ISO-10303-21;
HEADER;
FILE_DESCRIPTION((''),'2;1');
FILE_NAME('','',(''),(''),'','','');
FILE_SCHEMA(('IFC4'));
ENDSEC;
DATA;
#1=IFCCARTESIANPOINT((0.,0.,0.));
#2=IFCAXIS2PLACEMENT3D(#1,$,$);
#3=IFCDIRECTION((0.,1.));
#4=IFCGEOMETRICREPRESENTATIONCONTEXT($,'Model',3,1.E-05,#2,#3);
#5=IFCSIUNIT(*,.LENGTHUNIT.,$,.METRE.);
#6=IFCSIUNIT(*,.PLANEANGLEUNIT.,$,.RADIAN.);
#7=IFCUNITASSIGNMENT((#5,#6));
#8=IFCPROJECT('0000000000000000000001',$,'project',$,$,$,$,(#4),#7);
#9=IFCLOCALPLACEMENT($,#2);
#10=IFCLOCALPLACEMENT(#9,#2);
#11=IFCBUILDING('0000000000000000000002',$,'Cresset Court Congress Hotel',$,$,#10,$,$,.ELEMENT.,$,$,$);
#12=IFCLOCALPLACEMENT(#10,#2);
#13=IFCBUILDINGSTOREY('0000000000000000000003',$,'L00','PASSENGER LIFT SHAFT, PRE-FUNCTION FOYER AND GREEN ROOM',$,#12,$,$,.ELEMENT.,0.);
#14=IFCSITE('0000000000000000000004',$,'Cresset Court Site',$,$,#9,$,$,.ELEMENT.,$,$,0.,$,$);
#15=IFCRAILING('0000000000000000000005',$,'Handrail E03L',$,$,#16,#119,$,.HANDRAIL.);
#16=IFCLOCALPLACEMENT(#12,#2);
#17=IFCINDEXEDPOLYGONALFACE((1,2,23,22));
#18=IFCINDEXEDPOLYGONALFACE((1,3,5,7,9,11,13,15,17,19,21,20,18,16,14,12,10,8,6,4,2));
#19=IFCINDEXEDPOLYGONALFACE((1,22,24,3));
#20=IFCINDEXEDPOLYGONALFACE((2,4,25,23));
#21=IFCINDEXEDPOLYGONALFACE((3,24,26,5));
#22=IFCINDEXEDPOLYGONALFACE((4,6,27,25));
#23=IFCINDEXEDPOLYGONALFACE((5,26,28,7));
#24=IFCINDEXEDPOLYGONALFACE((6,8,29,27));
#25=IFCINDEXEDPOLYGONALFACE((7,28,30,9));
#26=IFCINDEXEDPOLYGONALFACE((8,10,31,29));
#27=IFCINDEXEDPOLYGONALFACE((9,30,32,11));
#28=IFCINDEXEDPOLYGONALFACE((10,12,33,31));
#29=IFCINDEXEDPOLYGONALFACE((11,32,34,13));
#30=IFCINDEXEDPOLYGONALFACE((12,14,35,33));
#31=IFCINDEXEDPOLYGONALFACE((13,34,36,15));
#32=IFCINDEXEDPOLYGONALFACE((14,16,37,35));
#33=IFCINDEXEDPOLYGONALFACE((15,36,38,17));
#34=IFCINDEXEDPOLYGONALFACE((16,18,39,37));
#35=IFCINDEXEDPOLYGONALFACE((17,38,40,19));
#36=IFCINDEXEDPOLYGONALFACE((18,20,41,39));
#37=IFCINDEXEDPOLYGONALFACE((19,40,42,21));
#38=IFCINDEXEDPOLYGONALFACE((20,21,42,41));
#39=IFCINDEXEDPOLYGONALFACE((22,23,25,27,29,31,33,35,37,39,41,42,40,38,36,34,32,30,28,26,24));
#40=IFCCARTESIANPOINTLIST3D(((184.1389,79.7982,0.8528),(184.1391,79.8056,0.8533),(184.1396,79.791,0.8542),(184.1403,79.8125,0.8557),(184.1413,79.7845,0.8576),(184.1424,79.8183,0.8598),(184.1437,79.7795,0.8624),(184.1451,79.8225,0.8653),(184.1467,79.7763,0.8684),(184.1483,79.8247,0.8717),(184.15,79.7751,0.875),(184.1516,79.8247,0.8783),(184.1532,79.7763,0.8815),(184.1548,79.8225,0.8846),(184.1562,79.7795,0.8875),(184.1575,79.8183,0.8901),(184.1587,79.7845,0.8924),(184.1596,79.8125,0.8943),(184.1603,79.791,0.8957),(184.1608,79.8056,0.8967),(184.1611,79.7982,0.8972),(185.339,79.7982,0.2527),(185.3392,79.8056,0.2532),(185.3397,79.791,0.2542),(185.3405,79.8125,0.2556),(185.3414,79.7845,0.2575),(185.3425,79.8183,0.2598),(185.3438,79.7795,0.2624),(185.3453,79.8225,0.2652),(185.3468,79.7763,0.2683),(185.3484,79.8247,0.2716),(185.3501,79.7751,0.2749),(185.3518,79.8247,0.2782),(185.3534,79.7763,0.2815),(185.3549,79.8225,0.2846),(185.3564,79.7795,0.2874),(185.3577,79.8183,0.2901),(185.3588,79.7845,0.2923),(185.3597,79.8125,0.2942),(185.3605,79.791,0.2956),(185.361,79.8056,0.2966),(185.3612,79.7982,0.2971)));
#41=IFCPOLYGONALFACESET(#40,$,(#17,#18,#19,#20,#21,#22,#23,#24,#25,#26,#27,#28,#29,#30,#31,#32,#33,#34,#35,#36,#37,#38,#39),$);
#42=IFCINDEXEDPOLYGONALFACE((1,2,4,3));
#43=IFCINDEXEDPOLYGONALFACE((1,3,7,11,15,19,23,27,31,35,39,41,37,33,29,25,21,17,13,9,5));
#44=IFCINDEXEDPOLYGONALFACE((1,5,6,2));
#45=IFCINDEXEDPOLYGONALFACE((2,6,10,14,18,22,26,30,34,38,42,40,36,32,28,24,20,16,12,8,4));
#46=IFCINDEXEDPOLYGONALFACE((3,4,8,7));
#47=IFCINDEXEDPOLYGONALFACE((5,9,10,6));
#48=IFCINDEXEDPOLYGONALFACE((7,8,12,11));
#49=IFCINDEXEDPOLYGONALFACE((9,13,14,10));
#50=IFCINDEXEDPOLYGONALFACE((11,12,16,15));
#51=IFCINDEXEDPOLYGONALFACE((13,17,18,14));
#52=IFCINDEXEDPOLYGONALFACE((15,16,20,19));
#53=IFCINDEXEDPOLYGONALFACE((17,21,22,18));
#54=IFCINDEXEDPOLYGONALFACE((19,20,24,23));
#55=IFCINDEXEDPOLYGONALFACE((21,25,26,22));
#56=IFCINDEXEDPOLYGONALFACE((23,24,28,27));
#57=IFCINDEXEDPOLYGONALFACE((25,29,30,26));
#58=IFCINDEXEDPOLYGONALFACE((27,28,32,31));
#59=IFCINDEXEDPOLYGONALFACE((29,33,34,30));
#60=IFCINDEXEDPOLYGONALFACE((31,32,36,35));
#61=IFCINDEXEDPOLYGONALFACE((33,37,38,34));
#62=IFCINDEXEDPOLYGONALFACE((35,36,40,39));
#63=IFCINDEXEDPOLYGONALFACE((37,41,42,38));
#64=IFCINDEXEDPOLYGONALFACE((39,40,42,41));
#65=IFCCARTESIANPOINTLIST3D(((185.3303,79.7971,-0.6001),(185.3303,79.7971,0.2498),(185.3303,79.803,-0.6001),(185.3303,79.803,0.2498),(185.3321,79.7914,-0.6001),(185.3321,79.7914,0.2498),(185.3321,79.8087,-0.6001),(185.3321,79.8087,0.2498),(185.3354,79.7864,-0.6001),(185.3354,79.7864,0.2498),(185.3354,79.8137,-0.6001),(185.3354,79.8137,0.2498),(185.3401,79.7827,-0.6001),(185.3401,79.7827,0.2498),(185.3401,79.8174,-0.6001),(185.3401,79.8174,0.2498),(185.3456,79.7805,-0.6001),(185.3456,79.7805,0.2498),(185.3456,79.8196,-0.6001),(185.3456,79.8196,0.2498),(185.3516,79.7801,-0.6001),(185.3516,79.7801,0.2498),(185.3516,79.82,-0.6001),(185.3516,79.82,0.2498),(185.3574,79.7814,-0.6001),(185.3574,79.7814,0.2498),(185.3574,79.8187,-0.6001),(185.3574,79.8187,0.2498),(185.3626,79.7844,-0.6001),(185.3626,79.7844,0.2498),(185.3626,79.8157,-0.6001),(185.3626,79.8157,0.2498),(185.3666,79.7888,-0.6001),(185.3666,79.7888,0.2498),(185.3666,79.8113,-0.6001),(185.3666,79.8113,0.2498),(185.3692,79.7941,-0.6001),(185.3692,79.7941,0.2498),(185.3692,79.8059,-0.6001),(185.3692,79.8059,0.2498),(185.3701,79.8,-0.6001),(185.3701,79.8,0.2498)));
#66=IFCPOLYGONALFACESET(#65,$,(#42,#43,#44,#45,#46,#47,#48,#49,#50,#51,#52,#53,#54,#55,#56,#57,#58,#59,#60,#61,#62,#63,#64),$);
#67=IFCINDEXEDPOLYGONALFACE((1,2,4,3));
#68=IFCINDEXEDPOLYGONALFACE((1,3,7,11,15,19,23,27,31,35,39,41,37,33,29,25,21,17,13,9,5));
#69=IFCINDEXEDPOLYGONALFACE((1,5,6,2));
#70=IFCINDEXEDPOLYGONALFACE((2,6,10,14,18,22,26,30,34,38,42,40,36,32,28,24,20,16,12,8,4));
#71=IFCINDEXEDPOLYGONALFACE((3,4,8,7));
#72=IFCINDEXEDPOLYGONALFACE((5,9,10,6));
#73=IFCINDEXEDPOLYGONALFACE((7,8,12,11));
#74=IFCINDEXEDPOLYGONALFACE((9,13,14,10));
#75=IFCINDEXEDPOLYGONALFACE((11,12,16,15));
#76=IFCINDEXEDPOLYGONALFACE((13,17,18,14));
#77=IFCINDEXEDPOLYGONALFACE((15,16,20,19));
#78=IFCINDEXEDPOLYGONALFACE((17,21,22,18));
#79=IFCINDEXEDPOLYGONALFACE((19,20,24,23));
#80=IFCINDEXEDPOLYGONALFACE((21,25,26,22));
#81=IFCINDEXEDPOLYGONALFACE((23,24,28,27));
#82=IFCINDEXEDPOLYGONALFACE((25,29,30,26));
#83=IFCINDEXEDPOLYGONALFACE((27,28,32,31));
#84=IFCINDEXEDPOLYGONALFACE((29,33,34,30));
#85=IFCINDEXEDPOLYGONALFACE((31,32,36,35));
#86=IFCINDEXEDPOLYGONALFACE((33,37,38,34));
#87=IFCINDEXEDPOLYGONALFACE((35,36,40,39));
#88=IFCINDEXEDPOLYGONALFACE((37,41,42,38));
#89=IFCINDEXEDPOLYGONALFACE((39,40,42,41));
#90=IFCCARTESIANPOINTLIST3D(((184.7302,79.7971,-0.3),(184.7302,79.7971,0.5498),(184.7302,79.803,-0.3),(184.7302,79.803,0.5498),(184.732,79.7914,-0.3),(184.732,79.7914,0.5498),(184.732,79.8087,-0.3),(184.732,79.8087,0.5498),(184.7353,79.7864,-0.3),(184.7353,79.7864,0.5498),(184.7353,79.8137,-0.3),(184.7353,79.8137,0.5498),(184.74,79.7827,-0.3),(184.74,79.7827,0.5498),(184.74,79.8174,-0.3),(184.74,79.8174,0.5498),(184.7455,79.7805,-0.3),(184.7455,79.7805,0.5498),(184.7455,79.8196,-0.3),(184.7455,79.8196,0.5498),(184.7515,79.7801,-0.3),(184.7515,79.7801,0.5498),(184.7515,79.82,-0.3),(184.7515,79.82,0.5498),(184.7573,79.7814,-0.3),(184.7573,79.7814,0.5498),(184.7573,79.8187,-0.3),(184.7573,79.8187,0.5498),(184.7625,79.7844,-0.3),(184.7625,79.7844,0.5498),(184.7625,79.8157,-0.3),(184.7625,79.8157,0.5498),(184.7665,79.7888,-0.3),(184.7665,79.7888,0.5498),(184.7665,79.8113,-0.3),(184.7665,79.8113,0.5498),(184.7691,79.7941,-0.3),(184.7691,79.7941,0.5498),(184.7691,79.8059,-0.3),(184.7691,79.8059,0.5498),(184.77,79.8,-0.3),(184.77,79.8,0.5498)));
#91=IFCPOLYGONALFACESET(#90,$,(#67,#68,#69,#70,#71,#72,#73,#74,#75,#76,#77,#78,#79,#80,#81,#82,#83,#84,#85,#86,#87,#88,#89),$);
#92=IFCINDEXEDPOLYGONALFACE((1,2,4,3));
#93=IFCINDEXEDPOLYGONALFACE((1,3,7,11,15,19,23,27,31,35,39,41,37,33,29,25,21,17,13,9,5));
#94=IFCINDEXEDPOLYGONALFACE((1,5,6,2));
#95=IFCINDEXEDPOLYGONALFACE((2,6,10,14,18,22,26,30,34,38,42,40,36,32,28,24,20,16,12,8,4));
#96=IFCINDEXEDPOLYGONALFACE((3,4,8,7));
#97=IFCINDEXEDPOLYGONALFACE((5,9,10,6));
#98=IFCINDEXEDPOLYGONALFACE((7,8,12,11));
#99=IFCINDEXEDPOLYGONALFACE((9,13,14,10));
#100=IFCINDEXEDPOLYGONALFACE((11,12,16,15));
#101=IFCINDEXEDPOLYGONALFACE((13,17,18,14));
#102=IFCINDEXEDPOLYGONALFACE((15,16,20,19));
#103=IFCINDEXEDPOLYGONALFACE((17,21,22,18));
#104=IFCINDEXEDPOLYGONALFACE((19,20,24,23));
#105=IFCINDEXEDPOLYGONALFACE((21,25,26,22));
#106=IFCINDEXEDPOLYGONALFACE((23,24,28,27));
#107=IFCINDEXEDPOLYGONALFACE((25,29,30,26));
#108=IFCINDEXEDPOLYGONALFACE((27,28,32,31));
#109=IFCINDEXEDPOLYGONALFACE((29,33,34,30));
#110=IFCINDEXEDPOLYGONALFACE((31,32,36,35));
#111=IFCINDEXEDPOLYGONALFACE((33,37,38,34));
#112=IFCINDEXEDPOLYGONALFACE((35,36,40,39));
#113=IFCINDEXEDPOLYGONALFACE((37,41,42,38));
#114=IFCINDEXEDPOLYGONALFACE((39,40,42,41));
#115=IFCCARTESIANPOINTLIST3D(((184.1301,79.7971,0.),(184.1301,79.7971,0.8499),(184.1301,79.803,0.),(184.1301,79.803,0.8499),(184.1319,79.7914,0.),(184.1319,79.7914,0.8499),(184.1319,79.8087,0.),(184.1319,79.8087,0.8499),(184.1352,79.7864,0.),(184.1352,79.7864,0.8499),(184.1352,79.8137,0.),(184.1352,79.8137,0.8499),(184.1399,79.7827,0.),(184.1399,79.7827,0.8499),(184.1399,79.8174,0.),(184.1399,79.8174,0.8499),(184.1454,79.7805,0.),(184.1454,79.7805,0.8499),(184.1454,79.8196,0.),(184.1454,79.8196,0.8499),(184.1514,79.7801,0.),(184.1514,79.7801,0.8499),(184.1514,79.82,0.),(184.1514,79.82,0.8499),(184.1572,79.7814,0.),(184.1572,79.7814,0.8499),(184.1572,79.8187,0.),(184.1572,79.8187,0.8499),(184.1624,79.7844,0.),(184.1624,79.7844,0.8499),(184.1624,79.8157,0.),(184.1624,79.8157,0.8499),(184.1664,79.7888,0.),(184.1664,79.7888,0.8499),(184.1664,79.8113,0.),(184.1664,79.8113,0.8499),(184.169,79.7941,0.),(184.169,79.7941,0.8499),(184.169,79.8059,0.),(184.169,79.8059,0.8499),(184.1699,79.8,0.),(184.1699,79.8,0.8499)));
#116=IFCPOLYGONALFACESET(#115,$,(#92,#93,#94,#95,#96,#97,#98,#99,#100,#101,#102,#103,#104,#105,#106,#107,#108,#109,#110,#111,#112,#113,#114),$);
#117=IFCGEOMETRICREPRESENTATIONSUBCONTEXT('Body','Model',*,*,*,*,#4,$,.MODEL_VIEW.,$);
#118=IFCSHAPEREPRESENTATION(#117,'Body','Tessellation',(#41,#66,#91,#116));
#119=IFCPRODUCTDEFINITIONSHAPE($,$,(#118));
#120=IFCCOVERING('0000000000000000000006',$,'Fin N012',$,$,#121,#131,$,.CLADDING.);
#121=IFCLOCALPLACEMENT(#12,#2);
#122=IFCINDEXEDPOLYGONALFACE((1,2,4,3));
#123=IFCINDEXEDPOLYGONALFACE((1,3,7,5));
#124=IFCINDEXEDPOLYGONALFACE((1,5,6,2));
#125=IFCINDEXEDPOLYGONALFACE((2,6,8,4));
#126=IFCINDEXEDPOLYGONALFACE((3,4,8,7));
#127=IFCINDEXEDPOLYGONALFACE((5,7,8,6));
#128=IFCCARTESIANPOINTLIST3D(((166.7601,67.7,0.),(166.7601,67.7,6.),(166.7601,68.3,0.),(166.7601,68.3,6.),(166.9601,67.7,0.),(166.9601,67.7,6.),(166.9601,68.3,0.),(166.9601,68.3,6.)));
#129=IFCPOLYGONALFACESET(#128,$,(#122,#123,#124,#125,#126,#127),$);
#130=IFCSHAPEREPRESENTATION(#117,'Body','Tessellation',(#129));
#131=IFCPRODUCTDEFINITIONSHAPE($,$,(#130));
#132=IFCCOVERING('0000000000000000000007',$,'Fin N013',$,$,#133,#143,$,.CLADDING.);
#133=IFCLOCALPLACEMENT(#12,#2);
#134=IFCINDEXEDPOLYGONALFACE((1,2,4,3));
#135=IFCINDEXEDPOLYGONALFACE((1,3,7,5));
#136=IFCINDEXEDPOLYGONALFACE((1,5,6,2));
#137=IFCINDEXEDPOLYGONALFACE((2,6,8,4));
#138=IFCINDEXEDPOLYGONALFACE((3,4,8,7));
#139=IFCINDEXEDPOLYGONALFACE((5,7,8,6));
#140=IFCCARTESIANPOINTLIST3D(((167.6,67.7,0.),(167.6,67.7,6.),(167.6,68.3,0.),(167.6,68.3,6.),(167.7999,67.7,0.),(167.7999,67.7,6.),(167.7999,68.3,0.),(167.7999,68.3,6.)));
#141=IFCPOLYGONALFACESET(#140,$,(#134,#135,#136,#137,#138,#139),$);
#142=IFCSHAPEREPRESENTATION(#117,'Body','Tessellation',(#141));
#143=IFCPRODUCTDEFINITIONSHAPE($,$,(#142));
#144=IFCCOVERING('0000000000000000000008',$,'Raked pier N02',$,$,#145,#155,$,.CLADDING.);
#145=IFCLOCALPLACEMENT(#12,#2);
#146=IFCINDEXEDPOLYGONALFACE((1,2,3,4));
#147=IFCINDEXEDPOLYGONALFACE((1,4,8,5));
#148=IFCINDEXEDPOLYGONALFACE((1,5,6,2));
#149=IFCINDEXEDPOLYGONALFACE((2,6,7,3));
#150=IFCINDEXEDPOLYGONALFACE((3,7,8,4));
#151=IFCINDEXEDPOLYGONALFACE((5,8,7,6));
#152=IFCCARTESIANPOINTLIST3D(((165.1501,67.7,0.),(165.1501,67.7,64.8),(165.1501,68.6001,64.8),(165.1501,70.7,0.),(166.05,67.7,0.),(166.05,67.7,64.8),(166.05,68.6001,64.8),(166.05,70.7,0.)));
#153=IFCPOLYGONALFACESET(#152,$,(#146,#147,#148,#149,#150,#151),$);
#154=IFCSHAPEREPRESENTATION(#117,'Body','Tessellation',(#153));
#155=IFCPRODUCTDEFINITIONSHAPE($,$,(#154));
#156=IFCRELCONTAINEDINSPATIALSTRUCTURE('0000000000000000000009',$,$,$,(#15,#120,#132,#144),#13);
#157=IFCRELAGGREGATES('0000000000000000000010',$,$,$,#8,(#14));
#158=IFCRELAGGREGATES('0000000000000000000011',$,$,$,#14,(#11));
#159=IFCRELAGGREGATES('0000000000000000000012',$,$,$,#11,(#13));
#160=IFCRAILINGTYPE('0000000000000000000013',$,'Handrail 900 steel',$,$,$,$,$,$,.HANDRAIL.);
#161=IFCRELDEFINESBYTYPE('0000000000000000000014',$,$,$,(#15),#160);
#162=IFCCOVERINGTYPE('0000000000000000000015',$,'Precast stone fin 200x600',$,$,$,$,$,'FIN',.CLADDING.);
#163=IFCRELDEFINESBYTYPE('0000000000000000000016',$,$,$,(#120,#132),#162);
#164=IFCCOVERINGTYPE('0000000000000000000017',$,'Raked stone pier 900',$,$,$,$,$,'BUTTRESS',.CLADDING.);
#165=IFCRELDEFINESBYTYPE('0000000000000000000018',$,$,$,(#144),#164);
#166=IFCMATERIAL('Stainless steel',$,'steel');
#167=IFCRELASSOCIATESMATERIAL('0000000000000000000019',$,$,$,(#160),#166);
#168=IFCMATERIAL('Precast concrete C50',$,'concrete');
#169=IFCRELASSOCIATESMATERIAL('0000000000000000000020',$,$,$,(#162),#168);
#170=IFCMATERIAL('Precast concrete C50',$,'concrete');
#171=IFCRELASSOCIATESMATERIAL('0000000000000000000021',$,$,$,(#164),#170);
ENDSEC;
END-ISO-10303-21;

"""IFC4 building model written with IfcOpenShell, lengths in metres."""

from ifc_helpers import new_model, si_unit, direction, frame, origin, origin_2d, place, context, subcontext, project, spatial, polyline, rectangle, circle, outline, extrude, material, type_object, element, save


model = new_model("IFC4")

# Units and contexts
model_context = context("Model", 3, precision=1e-05, world=origin(), true_north=direction((0.0, 1.0)))
body_context = subcontext(model_context, "Body", "Model", "MODEL_VIEW")
ifc_project = project(units=[si_unit("LENGTHUNIT", "METRE"), si_unit("PLANEANGLEUNIT", "RADIAN")], contexts=[model_context])

# Site, building, storey
site_placement = place(None, origin())
site = spatial("IfcSite", under=ifc_project, at=site_placement, Name="Cresset Court Site", CompositionType="ELEMENT", RefElevation=0.0)
building_placement = place(site_placement, origin())
building = spatial("IfcBuilding", under=site, at=building_placement, Name="Cresset Court Congress Hotel", CompositionType="ELEMENT")
storey_placement = place(building_placement, origin())
storey = spatial("IfcBuildingStorey", under=building, at=storey_placement, Name="L00", Description="PASSENGER LIFT SHAFT, PRE-FUNCTION FOYER AND GREEN ROOM", CompositionType="ELEMENT", Elevation=0.0)

# Railing
ifc_material_1 = material(Name="Stainless steel", Category="steel")
railing_type = type_object("IfcRailingType", Name="Handrail 900 steel", PredefinedType="HANDRAIL", material=ifc_material_1)
railing_placement = place(storey_placement, frame((185.3501, 79.8, -0.6001)))
element("IfcRailing", 1, at=railing_placement, inside=storey, type_object=railing_type, Name="Handrail E03L", PredefinedType="HANDRAIL", context=body_context, shape_type="SweptSolid", body=[
    extrude(circle(Radius=0.0249, at=origin_2d()), frame((0.0, 0.0, 0.875), z_axis=(-0.894427, 0.0, 0.447214), x_axis=(0.0, -1.0, 0.0)), (0.0, 0.0, 1.0), 1.3418),
    extrude(circle(Radius=0.02, at=origin_2d()), origin(), (0.0, 0.0, 1.0), 0.8499),
    extrude(circle(Radius=0.02, at=origin_2d()), frame((-0.6001, 0.0, 0.3)), (0.0, 0.0, 1.0), 0.8499),
    extrude(circle(Radius=0.02, at=origin_2d()), frame((-1.2002, 0.0, 0.6001)), (0.0, 0.0, 1.0), 0.8499),
])

# Coverings
ifc_material_2 = material(Name="Precast concrete C50", Category="concrete")
covering_type_1 = type_object("IfcCoveringType", Name="Precast stone fin 200x600", ElementType="FIN", PredefinedType="CLADDING", material=ifc_material_2)
for number, where, z_axis, x_axis, name in (
    (2, (166.8601, 68.0, 0.0), (0.0, 0.0, 1.0), (1.0, 0.0, 0.0), "Fin N012"),
    (3, (167.7, 68.0, 0.0), (0.0, 0.0, 1.0), (1.0, 0.0, 0.0), "Fin N013"),
):
    element("IfcCovering", number, at=place(storey_placement, frame(where, z_axis=z_axis, x_axis=x_axis)), inside=storey, type_object=covering_type_1, Name=name, PredefinedType="CLADDING", context=body_context, shape_type="SweptSolid", body=[
        extrude(rectangle(XDim=0.2, YDim=0.6001, at=origin_2d()), origin(), (0.0, 0.0, 1.0), 6.0),
    ])
ifc_material_3 = material(Name="Precast concrete C50", Category="concrete")
covering_type_2 = type_object("IfcCoveringType", Name="Raked stone pier 900", ElementType="BUTTRESS", PredefinedType="CLADDING", material=ifc_material_3)
covering_placement = place(storey_placement, frame((166.05, 67.7, 0.0), z_axis=(1.0, 0.0, 0.0), x_axis=(0.0, 1.0, 0.0)))
element("IfcCovering", 4, at=covering_placement, inside=storey, type_object=covering_type_2, Name="Raked pier N02", PredefinedType="CLADDING", context=body_context, shape_type="SweptSolid", body=[
    extrude(outline(polyline([(0.0, 0.0), (3.0, 0.0), (0.9001, 64.8), (0.0, 64.8), (0.0, 0.0)])), origin(), (0.0, 0.0, -1.0), 0.8999),
])

save(model, "model.ifc")
